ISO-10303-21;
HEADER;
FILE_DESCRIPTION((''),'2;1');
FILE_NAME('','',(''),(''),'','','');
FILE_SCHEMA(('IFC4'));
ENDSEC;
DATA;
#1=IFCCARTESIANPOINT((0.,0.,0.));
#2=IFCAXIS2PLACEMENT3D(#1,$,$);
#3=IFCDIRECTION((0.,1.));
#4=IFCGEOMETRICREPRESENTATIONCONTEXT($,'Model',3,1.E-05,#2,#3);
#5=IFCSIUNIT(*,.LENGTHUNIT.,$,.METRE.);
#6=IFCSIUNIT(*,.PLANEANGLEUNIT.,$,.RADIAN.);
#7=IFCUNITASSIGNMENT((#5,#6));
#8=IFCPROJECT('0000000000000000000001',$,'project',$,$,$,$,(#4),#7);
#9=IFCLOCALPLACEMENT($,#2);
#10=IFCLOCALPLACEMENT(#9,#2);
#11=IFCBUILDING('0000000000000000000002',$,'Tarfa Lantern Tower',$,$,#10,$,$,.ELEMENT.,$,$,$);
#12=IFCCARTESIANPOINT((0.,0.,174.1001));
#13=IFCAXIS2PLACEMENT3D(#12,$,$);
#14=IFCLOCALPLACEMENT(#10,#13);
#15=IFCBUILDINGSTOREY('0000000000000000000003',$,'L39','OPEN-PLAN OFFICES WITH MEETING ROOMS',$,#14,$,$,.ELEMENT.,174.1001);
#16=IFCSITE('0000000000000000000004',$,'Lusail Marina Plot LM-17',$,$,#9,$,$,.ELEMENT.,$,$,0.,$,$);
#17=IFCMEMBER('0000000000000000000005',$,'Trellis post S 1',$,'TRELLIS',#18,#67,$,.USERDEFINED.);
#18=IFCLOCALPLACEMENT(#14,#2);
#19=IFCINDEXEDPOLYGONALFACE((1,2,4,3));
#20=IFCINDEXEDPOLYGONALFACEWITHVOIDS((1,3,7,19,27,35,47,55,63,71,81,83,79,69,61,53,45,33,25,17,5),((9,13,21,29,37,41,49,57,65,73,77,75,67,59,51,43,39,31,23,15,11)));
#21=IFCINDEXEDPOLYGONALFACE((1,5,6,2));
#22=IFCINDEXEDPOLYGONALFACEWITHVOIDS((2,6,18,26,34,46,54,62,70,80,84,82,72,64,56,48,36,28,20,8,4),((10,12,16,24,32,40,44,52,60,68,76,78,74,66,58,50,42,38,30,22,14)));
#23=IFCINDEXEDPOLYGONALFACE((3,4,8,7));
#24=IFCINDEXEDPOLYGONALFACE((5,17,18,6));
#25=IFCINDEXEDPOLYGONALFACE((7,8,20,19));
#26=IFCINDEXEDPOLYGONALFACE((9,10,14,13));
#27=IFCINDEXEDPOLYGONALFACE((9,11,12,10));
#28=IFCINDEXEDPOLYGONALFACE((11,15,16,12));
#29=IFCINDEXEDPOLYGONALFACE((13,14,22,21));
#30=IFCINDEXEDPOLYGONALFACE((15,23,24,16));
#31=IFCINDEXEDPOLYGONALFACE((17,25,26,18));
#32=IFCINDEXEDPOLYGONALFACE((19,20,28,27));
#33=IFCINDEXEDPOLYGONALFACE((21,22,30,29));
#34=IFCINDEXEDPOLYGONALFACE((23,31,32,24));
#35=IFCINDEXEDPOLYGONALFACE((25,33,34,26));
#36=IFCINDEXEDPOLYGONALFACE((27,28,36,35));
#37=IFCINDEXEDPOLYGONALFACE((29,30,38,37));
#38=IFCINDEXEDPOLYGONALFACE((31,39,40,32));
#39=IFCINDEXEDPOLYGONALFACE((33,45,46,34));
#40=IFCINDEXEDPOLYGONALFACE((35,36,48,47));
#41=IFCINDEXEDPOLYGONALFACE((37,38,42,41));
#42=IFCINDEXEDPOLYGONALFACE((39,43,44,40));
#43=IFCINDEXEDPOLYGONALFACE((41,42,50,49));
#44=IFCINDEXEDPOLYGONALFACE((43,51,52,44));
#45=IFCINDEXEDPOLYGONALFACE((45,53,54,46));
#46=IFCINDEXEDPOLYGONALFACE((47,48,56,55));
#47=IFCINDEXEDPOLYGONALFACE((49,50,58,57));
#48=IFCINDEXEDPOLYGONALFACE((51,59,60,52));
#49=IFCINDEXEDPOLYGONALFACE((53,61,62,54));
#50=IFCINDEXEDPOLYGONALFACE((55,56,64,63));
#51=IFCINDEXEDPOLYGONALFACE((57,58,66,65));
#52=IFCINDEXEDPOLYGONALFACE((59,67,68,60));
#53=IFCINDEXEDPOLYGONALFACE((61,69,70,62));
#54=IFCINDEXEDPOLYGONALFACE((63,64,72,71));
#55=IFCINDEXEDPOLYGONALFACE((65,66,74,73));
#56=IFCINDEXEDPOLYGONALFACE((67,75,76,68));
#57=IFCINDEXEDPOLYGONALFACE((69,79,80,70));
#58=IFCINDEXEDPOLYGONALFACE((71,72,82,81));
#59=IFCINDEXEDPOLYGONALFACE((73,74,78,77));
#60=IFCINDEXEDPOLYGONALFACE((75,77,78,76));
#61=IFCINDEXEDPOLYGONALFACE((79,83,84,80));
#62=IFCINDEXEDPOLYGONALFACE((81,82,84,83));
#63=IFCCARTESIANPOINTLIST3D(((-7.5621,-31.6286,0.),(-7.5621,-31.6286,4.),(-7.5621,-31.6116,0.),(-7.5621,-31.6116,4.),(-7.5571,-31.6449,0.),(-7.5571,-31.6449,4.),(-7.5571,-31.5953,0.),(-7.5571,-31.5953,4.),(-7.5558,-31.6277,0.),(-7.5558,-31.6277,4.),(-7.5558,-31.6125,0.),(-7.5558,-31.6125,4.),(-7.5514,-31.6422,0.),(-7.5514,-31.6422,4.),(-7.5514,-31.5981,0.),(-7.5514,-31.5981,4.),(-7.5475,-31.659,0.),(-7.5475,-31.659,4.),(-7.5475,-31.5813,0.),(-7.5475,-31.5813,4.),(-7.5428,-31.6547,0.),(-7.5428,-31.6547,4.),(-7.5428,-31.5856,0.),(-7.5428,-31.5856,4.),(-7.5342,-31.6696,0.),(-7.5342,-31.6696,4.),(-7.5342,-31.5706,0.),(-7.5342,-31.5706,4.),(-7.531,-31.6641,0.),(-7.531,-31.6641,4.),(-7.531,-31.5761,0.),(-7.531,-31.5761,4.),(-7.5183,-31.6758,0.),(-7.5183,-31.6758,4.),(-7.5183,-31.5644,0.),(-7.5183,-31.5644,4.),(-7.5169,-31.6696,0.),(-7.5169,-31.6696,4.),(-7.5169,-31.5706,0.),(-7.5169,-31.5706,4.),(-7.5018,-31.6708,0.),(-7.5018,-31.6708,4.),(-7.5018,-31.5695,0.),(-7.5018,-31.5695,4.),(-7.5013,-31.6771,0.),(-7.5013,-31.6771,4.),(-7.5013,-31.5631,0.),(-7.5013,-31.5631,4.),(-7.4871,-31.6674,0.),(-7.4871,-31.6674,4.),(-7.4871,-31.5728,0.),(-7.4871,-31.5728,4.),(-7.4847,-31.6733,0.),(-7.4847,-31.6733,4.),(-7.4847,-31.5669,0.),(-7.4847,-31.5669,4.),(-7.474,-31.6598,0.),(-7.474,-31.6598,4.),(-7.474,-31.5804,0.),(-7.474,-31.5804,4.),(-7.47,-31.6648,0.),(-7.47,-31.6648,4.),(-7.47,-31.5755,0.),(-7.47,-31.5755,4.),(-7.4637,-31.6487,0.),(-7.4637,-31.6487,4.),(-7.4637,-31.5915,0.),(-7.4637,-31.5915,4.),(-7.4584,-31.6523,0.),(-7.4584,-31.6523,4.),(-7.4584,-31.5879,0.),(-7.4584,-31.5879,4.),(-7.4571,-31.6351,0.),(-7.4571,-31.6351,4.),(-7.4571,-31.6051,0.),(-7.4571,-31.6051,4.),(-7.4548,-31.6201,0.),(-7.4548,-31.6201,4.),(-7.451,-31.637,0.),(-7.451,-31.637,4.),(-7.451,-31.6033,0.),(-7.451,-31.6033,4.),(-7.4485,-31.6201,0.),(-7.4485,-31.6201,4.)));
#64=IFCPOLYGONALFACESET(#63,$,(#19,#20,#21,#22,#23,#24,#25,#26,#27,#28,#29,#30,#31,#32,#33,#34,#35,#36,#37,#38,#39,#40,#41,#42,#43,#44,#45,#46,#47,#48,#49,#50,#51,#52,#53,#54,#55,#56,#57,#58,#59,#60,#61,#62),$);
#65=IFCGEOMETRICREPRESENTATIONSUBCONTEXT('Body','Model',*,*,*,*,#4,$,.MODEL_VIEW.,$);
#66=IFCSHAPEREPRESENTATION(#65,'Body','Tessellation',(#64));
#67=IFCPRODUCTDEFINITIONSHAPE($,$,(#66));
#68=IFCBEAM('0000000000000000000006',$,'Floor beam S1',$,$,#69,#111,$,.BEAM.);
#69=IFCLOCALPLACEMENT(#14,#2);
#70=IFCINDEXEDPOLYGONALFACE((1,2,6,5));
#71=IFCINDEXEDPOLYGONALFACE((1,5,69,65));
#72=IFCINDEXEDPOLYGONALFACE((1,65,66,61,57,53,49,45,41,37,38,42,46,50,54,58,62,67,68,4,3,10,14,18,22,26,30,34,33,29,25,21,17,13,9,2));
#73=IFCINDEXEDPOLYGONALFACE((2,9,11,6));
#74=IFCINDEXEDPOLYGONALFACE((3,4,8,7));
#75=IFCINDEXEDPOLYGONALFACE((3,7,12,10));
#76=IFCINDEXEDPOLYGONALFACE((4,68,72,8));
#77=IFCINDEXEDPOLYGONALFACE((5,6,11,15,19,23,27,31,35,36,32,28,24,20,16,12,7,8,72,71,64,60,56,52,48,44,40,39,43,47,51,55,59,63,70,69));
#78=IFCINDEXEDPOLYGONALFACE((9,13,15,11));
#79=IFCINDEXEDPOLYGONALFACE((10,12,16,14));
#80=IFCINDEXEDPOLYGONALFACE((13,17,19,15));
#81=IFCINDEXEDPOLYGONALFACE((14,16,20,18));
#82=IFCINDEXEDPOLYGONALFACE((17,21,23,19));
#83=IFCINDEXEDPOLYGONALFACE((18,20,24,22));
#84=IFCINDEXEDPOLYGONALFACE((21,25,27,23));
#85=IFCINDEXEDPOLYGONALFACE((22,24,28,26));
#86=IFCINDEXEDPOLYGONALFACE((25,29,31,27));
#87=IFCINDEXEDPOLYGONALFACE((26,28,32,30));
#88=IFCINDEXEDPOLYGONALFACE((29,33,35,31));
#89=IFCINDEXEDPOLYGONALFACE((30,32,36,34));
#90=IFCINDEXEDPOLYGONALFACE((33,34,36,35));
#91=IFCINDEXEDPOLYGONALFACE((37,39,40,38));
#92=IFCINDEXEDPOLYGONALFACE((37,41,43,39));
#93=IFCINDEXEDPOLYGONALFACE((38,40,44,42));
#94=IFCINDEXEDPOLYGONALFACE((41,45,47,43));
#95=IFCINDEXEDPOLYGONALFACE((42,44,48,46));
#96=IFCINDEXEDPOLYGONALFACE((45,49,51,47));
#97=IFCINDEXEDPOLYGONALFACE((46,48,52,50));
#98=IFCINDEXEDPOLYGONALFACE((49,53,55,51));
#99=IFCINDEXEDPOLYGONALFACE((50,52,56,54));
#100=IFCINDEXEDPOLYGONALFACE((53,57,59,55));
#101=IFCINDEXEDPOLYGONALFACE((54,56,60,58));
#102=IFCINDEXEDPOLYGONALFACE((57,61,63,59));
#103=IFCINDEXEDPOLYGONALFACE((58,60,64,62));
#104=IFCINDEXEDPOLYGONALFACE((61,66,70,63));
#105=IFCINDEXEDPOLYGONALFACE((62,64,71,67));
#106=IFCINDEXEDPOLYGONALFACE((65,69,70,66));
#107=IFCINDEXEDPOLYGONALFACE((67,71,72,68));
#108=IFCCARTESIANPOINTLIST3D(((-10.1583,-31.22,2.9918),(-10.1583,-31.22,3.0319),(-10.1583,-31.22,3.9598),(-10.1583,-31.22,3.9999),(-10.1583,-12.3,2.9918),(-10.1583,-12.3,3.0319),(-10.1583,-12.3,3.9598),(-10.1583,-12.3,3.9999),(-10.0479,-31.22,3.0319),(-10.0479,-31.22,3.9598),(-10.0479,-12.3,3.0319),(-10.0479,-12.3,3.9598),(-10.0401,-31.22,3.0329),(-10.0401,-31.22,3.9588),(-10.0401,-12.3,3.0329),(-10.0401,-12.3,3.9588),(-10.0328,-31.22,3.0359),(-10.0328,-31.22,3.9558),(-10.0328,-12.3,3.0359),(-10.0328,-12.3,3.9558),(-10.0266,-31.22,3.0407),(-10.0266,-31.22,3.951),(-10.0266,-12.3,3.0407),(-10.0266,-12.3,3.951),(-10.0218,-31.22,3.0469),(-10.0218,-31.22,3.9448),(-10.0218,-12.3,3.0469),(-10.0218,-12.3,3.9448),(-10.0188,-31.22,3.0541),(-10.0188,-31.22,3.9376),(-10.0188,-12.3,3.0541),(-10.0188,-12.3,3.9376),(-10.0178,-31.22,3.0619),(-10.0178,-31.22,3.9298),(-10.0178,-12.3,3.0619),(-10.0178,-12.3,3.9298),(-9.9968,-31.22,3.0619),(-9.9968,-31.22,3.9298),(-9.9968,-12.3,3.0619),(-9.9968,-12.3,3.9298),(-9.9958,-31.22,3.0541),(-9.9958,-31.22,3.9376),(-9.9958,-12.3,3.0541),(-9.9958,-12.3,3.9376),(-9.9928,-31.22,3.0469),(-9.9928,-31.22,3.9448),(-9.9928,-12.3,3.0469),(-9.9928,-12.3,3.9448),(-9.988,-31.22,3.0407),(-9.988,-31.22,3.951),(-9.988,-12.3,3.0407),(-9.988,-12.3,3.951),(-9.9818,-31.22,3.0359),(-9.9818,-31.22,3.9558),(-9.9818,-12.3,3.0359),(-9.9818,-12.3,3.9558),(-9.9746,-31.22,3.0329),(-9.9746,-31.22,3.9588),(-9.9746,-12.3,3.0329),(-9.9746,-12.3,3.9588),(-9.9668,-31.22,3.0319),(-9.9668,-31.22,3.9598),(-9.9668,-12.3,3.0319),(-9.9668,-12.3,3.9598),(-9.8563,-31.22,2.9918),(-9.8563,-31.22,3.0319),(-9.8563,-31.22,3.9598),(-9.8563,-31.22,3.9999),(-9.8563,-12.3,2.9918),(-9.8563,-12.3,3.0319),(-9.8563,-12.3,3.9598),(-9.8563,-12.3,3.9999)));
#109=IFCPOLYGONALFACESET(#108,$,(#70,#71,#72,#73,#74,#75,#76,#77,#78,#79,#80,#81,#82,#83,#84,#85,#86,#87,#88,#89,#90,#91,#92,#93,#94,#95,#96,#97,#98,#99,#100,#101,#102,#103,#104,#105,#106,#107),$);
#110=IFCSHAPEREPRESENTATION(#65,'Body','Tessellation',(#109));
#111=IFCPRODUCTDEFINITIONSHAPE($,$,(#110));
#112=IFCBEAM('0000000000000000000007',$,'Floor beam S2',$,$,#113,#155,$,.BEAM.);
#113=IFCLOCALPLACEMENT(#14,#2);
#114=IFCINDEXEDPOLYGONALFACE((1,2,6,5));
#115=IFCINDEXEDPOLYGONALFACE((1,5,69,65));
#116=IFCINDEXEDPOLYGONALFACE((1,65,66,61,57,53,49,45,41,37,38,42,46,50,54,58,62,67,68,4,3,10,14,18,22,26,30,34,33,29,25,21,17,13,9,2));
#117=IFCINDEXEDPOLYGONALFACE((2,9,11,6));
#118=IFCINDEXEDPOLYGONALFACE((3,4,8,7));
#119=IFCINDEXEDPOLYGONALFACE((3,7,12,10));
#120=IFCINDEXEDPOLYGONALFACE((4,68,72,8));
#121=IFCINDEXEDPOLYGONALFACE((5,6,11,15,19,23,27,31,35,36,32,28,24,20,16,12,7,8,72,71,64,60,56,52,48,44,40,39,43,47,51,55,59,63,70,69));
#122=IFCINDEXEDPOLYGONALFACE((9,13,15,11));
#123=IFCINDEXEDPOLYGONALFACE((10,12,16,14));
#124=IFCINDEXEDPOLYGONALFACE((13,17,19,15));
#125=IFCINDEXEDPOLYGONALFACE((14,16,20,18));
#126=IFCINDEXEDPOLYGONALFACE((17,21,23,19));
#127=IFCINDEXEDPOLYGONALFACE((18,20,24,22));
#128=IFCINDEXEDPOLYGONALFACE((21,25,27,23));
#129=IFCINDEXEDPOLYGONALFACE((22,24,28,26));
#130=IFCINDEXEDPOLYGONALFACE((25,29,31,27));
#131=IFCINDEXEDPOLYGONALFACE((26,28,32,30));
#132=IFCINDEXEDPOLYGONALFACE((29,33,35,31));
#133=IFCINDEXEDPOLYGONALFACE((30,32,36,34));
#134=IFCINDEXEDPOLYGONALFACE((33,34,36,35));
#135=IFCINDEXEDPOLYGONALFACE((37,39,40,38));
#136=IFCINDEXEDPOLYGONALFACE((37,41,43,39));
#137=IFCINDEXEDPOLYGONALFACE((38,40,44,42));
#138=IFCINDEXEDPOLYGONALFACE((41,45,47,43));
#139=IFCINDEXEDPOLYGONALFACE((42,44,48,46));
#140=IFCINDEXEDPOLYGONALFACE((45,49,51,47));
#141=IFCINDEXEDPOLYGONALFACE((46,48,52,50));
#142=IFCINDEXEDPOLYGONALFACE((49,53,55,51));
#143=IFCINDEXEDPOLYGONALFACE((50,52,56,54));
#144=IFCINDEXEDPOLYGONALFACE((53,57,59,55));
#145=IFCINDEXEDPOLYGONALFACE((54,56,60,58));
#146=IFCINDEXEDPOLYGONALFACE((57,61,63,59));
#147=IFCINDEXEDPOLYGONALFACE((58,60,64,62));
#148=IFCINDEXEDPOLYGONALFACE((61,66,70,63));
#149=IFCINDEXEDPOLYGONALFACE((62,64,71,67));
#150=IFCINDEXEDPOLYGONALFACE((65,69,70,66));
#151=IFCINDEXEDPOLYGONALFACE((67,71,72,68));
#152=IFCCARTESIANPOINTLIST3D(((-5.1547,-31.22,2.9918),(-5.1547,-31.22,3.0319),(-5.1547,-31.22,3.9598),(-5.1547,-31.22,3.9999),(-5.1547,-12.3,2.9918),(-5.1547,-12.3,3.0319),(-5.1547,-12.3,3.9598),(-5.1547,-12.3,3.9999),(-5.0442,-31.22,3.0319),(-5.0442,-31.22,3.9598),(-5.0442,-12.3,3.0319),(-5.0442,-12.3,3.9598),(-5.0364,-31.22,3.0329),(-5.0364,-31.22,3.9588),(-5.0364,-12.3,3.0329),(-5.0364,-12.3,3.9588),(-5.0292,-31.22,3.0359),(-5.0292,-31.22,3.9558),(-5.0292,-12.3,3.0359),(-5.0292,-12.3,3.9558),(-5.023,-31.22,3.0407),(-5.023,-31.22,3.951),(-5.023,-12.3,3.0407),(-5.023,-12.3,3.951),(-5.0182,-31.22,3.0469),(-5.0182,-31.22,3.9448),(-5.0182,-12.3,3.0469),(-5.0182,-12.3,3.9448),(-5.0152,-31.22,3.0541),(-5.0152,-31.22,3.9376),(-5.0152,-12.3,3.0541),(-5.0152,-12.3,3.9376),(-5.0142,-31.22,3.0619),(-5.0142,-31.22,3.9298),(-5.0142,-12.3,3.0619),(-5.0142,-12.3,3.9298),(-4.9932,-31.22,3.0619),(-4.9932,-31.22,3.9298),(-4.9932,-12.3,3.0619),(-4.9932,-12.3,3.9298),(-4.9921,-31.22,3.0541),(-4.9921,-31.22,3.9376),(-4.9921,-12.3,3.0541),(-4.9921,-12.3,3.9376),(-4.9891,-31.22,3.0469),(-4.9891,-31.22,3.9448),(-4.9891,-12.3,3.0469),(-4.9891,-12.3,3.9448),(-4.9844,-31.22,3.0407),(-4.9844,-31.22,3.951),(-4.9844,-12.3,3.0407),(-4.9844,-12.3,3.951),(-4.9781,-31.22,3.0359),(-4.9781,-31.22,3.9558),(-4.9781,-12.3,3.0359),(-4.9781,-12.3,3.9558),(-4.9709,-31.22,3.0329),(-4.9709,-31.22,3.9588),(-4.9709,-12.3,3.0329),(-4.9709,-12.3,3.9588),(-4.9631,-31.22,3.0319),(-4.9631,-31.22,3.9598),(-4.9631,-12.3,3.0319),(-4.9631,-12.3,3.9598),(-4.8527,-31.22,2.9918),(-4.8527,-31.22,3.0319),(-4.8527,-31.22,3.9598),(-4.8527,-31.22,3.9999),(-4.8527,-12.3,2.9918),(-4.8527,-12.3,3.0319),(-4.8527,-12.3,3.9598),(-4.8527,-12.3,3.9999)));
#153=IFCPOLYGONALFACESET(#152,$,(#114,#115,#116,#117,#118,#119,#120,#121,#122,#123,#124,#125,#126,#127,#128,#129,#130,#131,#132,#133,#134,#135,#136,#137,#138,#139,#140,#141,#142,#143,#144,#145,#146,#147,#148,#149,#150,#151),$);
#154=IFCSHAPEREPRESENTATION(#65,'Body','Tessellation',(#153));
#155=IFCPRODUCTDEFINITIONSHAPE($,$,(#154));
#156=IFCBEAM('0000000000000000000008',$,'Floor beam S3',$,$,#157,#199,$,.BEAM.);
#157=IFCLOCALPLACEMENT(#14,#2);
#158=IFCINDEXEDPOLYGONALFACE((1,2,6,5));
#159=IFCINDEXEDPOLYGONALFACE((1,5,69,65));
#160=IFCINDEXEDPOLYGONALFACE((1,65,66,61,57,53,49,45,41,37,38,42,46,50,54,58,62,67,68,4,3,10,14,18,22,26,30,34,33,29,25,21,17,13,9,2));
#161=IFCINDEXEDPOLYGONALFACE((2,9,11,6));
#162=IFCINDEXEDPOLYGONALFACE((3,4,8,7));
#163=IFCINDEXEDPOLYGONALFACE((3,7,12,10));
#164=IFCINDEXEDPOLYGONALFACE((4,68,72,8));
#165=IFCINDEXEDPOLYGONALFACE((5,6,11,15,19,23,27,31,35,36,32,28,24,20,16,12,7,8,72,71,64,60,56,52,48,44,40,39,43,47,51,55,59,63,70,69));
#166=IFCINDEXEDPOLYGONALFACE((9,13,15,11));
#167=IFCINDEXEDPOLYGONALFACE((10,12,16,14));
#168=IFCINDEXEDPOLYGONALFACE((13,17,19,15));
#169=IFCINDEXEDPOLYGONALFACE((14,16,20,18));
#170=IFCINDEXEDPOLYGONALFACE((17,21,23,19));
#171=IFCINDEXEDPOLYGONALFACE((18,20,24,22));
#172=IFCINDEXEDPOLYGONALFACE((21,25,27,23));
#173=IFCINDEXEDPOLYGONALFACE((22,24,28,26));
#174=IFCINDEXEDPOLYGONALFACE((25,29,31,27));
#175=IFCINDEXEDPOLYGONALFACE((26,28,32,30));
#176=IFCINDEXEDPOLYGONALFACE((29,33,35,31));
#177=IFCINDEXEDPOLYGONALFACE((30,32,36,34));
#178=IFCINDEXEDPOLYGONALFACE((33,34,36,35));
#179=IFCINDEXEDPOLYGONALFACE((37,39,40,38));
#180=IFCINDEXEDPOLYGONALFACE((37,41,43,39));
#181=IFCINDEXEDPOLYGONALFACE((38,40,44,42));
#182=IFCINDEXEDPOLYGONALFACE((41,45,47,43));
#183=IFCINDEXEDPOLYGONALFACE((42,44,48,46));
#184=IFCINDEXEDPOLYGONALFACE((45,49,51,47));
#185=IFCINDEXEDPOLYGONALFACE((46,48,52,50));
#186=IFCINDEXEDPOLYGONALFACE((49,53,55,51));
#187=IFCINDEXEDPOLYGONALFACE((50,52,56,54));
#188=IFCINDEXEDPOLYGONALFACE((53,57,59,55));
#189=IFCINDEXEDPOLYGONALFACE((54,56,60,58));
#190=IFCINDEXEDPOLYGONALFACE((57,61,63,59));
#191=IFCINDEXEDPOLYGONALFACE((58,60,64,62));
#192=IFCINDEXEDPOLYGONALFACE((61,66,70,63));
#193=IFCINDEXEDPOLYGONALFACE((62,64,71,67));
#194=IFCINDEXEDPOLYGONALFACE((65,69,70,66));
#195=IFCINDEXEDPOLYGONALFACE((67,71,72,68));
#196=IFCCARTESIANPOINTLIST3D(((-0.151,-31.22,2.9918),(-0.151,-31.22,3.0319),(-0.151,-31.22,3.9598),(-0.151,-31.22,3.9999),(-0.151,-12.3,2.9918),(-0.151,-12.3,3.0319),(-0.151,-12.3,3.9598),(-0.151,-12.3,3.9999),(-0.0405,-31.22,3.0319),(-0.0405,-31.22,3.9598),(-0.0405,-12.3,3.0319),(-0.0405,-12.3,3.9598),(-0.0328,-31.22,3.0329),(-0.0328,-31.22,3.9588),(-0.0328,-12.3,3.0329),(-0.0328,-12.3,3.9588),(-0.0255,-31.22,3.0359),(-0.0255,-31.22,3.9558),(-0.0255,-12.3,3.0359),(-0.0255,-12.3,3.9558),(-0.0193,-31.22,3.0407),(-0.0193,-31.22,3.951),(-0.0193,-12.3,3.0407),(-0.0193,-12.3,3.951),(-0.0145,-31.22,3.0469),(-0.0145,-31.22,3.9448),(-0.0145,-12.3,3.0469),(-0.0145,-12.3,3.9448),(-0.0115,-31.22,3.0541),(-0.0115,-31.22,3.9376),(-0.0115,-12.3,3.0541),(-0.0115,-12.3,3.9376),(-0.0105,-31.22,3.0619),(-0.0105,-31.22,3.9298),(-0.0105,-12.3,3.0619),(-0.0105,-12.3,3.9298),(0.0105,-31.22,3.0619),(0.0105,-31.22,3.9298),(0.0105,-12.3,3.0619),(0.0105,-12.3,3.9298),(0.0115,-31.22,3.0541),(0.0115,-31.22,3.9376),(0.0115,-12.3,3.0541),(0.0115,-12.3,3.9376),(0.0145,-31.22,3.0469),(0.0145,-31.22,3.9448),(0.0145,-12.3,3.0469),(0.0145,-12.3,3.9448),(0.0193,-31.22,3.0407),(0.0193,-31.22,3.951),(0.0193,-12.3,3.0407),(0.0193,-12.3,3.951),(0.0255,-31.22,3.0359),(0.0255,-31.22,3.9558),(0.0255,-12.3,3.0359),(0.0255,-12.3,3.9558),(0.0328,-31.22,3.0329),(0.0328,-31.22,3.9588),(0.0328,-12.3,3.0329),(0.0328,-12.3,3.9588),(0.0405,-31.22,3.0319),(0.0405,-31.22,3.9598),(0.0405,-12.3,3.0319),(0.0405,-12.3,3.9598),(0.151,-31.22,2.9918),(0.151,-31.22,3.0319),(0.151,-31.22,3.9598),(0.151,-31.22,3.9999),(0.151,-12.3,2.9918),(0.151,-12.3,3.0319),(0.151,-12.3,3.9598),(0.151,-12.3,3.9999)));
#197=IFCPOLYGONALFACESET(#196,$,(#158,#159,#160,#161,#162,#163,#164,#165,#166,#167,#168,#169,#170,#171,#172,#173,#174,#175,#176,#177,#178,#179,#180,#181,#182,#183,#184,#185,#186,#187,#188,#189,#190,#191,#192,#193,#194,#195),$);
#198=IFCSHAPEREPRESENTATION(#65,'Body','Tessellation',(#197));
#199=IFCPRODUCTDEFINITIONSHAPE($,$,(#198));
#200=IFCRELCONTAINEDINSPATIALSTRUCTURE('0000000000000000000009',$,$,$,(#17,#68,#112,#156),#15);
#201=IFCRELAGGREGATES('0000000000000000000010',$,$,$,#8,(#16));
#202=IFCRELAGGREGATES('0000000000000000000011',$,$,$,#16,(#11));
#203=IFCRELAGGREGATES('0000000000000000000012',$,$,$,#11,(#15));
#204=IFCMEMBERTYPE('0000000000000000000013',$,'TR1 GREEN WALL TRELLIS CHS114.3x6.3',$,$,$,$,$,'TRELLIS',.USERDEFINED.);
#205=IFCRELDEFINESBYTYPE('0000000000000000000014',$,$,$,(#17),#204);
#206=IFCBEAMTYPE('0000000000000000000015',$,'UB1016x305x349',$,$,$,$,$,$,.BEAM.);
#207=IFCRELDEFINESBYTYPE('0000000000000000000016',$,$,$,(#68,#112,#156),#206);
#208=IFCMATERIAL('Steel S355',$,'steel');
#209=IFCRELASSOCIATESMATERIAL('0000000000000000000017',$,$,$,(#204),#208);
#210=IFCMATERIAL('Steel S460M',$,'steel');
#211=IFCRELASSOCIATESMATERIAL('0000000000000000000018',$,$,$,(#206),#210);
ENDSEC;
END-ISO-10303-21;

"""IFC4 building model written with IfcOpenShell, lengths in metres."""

from ifc_helpers import new_model, si_unit, direction, frame, origin, origin_2d, place, context, subcontext, project, spatial, hollow_circle, i_section, extrude, material, material_profile, profile_set, type_object, element, save


model = new_model("IFC4")

# Units and contexts
model_context = context("Model", 3, precision=1e-05, world=origin(), true_north=direction((0.0, 1.0)))
body_context = subcontext(model_context, "Body", "Model", "MODEL_VIEW")
ifc_project = project(units=[si_unit("LENGTHUNIT", "METRE"), si_unit("PLANEANGLEUNIT", "RADIAN")], contexts=[model_context])

# Site, building, storey
site_placement = place(None, origin())
site = spatial("IfcSite", under=ifc_project, at=site_placement, Name="Lusail Marina Plot LM-17", CompositionType="ELEMENT", RefElevation=0.0)
building_placement = place(site_placement, origin())
building = spatial("IfcBuilding", under=site, at=building_placement, Name="Tarfa Lantern Tower", CompositionType="ELEMENT")
storey_placement = place(building_placement, frame((0.0, 0.0, 174.1001)))
storey = spatial("IfcBuildingStorey", under=building, at=storey_placement, Name="L39", Description="OPEN-PLAN OFFICES WITH MEETING ROOMS", CompositionType="ELEMENT", Elevation=174.1001)

# Member
ifc_material_1 = material(Name="Steel S355", Category="steel")
ifc_material_profile_1 = material_profile(ifc_material_1, hollow_circle(Radius=0.0571, WallThickness=0.0063, at=origin_2d()), Name="CHS114.3x6.3")
ifc_profile_set_1 = profile_set([ifc_material_profile_1], Name="Steel S355")
member_type_1 = type_object("IfcMemberType", Name="TR1 GREEN WALL TRELLIS CHS114.3x6.3", ElementType="TRELLIS", PredefinedType="USERDEFINED", material=ifc_profile_set_1)
member_1_placement = place(storey_placement, frame((-7.5056, -31.6201, 0.0), z_axis=(0.0, 0.0, 1.0), x_axis=(1.0, 0.0, 0.0)))
element("IfcMember", 1, at=member_1_placement, inside=storey, type_object=member_type_1, Name="Trellis post S 1", ObjectType="TRELLIS", PredefinedType="USERDEFINED", context=body_context, shape_type="SweptSolid", body=[
    extrude(hollow_circle(Radius=0.0571, WallThickness=0.0063, at=origin_2d()), origin(), (0.0, 0.0, 1.0), 4.0),
])

# Beams
ifc_material_2 = material(Name="Steel S460M", Category="steel")
ifc_material_profile_2 = material_profile(ifc_material_2, i_section(OverallWidth=0.302, OverallDepth=1.0081, WebThickness=0.021, FlangeThickness=0.04, FilletRadius=0.03, at=origin_2d()), Name="UB1016x305x349")
ifc_profile_set_2 = profile_set([ifc_material_profile_2], Name="Steel S460M")
beam_type_1 = type_object("IfcBeamType", Name="UB1016x305x349", PredefinedType="BEAM", material=ifc_profile_set_2)
for number, where, z_axis, x_axis, name in (
    (2, (-10.0073, -31.22, 3.4958), (0.0, 1.0, 0.0), (-1.0, 0.0, 0.0), "Floor beam S1"),
    (3, (-5.0037, -31.22, 3.4958), (0.0, 1.0, 0.0), (-1.0, 0.0, 0.0), "Floor beam S2"),
    (4, (0.0, -31.22, 3.4958), (0.0, 1.0, 0.0), (-1.0, 0.0, 0.0), "Floor beam S3"),
):
    element("IfcBeam", number, at=place(storey_placement, frame(where, z_axis=z_axis, x_axis=x_axis)), inside=storey, type_object=beam_type_1, Name=name, PredefinedType="BEAM", context=body_context, shape_type="SweptSolid", body=[
        extrude(i_section(OverallWidth=0.302, OverallDepth=1.0081, WebThickness=0.021, FlangeThickness=0.04, FilletRadius=0.03, at=origin_2d()), origin(), (0.0, 0.0, 1.0), 18.9199),
    ])

save(model, "model.ifc")
